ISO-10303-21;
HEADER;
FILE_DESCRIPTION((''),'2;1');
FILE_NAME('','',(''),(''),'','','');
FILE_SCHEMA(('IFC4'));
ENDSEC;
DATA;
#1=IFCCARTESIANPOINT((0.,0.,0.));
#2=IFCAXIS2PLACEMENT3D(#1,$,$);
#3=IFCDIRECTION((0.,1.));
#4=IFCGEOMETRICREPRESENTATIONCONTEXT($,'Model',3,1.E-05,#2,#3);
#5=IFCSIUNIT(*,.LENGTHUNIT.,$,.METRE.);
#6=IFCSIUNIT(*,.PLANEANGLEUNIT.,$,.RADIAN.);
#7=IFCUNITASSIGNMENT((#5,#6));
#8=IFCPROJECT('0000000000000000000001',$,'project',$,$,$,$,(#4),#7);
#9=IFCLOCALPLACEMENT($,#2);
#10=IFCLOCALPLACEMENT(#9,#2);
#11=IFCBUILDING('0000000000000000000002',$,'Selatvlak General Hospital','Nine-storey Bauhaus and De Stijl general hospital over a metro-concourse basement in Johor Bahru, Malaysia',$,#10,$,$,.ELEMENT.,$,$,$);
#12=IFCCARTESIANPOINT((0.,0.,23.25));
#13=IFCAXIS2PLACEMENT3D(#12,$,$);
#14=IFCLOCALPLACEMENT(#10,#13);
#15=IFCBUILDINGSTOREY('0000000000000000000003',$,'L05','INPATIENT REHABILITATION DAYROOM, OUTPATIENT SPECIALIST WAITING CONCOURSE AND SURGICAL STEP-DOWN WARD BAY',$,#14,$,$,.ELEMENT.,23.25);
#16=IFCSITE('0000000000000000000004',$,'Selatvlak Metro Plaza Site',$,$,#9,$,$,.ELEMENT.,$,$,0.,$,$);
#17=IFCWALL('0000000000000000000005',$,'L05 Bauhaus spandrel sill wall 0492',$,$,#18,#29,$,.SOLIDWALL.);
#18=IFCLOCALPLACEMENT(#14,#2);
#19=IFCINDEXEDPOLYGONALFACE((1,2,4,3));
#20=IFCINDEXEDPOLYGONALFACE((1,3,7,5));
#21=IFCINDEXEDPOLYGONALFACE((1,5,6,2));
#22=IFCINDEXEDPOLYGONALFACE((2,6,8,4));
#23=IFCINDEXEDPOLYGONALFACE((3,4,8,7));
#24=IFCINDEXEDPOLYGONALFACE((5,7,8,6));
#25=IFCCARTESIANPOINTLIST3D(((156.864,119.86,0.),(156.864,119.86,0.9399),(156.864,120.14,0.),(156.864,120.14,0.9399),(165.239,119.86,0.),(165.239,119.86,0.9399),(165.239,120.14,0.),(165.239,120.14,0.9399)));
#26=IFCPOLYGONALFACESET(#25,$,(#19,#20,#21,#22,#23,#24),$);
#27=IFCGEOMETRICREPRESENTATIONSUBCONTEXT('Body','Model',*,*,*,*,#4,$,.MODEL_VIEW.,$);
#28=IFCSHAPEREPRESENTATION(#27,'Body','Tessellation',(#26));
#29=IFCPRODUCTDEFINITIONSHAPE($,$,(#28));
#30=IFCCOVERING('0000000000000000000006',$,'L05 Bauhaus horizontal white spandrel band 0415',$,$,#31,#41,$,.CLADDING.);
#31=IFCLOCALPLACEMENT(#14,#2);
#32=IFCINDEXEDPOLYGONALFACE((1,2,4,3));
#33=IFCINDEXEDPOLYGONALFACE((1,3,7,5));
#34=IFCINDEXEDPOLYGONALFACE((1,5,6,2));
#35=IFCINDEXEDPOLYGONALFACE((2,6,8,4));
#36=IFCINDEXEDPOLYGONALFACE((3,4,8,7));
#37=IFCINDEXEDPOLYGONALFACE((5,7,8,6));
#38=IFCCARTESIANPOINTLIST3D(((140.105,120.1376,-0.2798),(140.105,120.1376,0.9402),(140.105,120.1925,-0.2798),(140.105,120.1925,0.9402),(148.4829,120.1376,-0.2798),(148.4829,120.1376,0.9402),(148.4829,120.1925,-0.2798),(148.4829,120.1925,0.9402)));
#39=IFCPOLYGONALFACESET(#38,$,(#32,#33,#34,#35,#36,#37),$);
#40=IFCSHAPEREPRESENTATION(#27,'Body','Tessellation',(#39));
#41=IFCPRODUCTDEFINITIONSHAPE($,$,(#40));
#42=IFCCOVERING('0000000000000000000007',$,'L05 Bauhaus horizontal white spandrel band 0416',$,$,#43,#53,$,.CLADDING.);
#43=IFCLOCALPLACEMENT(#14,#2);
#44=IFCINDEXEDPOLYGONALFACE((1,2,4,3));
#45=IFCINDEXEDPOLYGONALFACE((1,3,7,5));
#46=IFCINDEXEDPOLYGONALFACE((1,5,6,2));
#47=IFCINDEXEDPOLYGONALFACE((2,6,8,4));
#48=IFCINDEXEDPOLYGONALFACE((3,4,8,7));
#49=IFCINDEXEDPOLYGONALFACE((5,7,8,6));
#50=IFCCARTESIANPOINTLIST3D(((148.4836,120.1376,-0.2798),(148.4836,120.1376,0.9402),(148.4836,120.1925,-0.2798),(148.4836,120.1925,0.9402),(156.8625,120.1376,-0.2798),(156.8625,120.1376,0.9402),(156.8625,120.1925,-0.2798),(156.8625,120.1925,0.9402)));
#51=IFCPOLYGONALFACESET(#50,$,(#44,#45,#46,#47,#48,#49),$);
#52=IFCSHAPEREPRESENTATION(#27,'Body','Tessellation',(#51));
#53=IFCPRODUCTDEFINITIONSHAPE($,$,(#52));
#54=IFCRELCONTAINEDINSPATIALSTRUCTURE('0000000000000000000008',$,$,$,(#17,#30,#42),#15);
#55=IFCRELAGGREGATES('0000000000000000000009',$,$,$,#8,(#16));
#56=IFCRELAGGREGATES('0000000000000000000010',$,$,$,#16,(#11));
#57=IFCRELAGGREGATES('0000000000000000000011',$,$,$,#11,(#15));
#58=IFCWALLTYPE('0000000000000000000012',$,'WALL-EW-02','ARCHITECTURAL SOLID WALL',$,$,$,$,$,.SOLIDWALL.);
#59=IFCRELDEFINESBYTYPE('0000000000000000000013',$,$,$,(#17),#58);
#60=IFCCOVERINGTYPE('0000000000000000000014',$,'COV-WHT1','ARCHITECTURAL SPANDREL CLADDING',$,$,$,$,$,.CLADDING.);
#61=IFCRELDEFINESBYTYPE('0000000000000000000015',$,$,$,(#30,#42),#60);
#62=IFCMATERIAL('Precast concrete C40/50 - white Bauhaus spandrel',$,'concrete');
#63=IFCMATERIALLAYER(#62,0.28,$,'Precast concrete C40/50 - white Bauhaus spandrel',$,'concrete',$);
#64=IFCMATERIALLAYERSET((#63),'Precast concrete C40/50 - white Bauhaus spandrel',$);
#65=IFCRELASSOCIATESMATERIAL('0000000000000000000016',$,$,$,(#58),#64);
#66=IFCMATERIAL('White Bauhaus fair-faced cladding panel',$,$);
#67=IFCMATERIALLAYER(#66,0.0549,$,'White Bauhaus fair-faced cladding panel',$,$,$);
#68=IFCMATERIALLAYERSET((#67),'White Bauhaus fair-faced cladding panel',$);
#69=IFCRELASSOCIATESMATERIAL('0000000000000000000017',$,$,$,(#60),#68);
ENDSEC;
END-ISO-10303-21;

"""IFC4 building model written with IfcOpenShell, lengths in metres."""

from ifc_helpers import new_model, si_unit, direction, frame, frame_2d, origin, origin_2d, place, context, subcontext, project, spatial, rectangle, extrude, material, layer, layer_set, type_object, element, save


model = new_model("IFC4")

# Units and contexts
model_context = context("Model", 3, precision=1e-05, world=origin(), true_north=direction((0.0, 1.0)))
body_context = subcontext(model_context, "Body", "Model", "MODEL_VIEW")
ifc_project = project(units=[si_unit("LENGTHUNIT", "METRE"), si_unit("PLANEANGLEUNIT", "RADIAN")], contexts=[model_context])

# Site, building, storey
site_placement = place(None, origin())
site = spatial("IfcSite", under=ifc_project, at=site_placement, Name="Selatvlak Metro Plaza Site", CompositionType="ELEMENT", RefElevation=0.0)
building_placement = place(site_placement, origin())
building = spatial("IfcBuilding", under=site, at=building_placement, Name="Selatvlak General Hospital", Description="Nine-storey Bauhaus and De Stijl general hospital over a metro-concourse basement in Johor Bahru, Malaysia", CompositionType="ELEMENT")
storey_placement = place(building_placement, frame((0.0, 0.0, 23.25)))
storey = spatial("IfcBuildingStorey", under=building, at=storey_placement, Name="L05", Description="INPATIENT REHABILITATION DAYROOM, OUTPATIENT SPECIALIST WAITING CONCOURSE AND SURGICAL STEP-DOWN WARD BAY", CompositionType="ELEMENT", Elevation=23.25)

# Wall
ifc_material_1 = material(Name="Precast concrete C40/50 - white Bauhaus spandrel", Category="concrete")
ifc_layer_1 = layer(ifc_material_1, 0.28, Name="Precast concrete C40/50 - white Bauhaus spandrel", Category="concrete")
ifc_layer_set_1 = layer_set([ifc_layer_1], Name="Precast concrete C40/50 - white Bauhaus spandrel")
wall_type = type_object("IfcWallType", Name="WALL-EW-02", Description="ARCHITECTURAL SOLID WALL", PredefinedType="SOLIDWALL", material=ifc_layer_set_1)
for number, where, z_axis, x_axis, name in (
    (1, (156.864, 120.0, 0.0), (0.0, 0.0, 1.0), (1.0, 0.0, 0.0), "L05 Bauhaus spandrel sill wall 0492"),
):
    element("IfcWall", number, at=place(storey_placement, frame(where, z_axis=z_axis, x_axis=x_axis)), inside=storey, type_object=wall_type, Name=name, PredefinedType="SOLIDWALL", context=body_context, shape_type="SweptSolid", body=[
        extrude(rectangle(XDim=8.375, YDim=0.28, at=frame_2d((4.1875, 0.0))), origin(), (0.0, 0.0, 1.0), 0.9399),
    ])

# Coverings
ifc_material_2 = material(Name="White Bauhaus fair-faced cladding panel")
ifc_layer_2 = layer(ifc_material_2, 0.0549, Name="White Bauhaus fair-faced cladding panel")
ifc_layer_set_2 = layer_set([ifc_layer_2], Name="White Bauhaus fair-faced cladding panel")
covering_type = type_object("IfcCoveringType", Name="COV-WHT1", Description="ARCHITECTURAL SPANDREL CLADDING", PredefinedType="CLADDING", material=ifc_layer_set_2)
covering_1_placement = place(storey_placement, frame((144.2939, 120.165, -0.2798), z_axis=(0.0, 0.0, 1.0), x_axis=(1.0, 0.0, 0.0)))
element("IfcCovering", 2, at=covering_1_placement, inside=storey, type_object=covering_type, Name="L05 Bauhaus horizontal white spandrel band 0415", PredefinedType="CLADDING", context=body_context, shape_type="SweptSolid", body=[
    extrude(rectangle(XDim=8.3779, YDim=0.0549, at=origin_2d()), origin(), (0.0, 0.0, 1.0), 1.22),
])
covering_2_placement = place(storey_placement, frame((152.6731, 120.165, -0.2798), z_axis=(0.0, 0.0, 1.0), x_axis=(1.0, 0.0, 0.0)))
element("IfcCovering", 3, at=covering_2_placement, inside=storey, type_object=covering_type, Name="L05 Bauhaus horizontal white spandrel band 0416", PredefinedType="CLADDING", context=body_context, shape_type="SweptSolid", body=[
    extrude(rectangle(XDim=8.3789, YDim=0.0549, at=origin_2d()), origin(), (0.0, 0.0, 1.0), 1.22),
])

save(model, "model.ifc")
